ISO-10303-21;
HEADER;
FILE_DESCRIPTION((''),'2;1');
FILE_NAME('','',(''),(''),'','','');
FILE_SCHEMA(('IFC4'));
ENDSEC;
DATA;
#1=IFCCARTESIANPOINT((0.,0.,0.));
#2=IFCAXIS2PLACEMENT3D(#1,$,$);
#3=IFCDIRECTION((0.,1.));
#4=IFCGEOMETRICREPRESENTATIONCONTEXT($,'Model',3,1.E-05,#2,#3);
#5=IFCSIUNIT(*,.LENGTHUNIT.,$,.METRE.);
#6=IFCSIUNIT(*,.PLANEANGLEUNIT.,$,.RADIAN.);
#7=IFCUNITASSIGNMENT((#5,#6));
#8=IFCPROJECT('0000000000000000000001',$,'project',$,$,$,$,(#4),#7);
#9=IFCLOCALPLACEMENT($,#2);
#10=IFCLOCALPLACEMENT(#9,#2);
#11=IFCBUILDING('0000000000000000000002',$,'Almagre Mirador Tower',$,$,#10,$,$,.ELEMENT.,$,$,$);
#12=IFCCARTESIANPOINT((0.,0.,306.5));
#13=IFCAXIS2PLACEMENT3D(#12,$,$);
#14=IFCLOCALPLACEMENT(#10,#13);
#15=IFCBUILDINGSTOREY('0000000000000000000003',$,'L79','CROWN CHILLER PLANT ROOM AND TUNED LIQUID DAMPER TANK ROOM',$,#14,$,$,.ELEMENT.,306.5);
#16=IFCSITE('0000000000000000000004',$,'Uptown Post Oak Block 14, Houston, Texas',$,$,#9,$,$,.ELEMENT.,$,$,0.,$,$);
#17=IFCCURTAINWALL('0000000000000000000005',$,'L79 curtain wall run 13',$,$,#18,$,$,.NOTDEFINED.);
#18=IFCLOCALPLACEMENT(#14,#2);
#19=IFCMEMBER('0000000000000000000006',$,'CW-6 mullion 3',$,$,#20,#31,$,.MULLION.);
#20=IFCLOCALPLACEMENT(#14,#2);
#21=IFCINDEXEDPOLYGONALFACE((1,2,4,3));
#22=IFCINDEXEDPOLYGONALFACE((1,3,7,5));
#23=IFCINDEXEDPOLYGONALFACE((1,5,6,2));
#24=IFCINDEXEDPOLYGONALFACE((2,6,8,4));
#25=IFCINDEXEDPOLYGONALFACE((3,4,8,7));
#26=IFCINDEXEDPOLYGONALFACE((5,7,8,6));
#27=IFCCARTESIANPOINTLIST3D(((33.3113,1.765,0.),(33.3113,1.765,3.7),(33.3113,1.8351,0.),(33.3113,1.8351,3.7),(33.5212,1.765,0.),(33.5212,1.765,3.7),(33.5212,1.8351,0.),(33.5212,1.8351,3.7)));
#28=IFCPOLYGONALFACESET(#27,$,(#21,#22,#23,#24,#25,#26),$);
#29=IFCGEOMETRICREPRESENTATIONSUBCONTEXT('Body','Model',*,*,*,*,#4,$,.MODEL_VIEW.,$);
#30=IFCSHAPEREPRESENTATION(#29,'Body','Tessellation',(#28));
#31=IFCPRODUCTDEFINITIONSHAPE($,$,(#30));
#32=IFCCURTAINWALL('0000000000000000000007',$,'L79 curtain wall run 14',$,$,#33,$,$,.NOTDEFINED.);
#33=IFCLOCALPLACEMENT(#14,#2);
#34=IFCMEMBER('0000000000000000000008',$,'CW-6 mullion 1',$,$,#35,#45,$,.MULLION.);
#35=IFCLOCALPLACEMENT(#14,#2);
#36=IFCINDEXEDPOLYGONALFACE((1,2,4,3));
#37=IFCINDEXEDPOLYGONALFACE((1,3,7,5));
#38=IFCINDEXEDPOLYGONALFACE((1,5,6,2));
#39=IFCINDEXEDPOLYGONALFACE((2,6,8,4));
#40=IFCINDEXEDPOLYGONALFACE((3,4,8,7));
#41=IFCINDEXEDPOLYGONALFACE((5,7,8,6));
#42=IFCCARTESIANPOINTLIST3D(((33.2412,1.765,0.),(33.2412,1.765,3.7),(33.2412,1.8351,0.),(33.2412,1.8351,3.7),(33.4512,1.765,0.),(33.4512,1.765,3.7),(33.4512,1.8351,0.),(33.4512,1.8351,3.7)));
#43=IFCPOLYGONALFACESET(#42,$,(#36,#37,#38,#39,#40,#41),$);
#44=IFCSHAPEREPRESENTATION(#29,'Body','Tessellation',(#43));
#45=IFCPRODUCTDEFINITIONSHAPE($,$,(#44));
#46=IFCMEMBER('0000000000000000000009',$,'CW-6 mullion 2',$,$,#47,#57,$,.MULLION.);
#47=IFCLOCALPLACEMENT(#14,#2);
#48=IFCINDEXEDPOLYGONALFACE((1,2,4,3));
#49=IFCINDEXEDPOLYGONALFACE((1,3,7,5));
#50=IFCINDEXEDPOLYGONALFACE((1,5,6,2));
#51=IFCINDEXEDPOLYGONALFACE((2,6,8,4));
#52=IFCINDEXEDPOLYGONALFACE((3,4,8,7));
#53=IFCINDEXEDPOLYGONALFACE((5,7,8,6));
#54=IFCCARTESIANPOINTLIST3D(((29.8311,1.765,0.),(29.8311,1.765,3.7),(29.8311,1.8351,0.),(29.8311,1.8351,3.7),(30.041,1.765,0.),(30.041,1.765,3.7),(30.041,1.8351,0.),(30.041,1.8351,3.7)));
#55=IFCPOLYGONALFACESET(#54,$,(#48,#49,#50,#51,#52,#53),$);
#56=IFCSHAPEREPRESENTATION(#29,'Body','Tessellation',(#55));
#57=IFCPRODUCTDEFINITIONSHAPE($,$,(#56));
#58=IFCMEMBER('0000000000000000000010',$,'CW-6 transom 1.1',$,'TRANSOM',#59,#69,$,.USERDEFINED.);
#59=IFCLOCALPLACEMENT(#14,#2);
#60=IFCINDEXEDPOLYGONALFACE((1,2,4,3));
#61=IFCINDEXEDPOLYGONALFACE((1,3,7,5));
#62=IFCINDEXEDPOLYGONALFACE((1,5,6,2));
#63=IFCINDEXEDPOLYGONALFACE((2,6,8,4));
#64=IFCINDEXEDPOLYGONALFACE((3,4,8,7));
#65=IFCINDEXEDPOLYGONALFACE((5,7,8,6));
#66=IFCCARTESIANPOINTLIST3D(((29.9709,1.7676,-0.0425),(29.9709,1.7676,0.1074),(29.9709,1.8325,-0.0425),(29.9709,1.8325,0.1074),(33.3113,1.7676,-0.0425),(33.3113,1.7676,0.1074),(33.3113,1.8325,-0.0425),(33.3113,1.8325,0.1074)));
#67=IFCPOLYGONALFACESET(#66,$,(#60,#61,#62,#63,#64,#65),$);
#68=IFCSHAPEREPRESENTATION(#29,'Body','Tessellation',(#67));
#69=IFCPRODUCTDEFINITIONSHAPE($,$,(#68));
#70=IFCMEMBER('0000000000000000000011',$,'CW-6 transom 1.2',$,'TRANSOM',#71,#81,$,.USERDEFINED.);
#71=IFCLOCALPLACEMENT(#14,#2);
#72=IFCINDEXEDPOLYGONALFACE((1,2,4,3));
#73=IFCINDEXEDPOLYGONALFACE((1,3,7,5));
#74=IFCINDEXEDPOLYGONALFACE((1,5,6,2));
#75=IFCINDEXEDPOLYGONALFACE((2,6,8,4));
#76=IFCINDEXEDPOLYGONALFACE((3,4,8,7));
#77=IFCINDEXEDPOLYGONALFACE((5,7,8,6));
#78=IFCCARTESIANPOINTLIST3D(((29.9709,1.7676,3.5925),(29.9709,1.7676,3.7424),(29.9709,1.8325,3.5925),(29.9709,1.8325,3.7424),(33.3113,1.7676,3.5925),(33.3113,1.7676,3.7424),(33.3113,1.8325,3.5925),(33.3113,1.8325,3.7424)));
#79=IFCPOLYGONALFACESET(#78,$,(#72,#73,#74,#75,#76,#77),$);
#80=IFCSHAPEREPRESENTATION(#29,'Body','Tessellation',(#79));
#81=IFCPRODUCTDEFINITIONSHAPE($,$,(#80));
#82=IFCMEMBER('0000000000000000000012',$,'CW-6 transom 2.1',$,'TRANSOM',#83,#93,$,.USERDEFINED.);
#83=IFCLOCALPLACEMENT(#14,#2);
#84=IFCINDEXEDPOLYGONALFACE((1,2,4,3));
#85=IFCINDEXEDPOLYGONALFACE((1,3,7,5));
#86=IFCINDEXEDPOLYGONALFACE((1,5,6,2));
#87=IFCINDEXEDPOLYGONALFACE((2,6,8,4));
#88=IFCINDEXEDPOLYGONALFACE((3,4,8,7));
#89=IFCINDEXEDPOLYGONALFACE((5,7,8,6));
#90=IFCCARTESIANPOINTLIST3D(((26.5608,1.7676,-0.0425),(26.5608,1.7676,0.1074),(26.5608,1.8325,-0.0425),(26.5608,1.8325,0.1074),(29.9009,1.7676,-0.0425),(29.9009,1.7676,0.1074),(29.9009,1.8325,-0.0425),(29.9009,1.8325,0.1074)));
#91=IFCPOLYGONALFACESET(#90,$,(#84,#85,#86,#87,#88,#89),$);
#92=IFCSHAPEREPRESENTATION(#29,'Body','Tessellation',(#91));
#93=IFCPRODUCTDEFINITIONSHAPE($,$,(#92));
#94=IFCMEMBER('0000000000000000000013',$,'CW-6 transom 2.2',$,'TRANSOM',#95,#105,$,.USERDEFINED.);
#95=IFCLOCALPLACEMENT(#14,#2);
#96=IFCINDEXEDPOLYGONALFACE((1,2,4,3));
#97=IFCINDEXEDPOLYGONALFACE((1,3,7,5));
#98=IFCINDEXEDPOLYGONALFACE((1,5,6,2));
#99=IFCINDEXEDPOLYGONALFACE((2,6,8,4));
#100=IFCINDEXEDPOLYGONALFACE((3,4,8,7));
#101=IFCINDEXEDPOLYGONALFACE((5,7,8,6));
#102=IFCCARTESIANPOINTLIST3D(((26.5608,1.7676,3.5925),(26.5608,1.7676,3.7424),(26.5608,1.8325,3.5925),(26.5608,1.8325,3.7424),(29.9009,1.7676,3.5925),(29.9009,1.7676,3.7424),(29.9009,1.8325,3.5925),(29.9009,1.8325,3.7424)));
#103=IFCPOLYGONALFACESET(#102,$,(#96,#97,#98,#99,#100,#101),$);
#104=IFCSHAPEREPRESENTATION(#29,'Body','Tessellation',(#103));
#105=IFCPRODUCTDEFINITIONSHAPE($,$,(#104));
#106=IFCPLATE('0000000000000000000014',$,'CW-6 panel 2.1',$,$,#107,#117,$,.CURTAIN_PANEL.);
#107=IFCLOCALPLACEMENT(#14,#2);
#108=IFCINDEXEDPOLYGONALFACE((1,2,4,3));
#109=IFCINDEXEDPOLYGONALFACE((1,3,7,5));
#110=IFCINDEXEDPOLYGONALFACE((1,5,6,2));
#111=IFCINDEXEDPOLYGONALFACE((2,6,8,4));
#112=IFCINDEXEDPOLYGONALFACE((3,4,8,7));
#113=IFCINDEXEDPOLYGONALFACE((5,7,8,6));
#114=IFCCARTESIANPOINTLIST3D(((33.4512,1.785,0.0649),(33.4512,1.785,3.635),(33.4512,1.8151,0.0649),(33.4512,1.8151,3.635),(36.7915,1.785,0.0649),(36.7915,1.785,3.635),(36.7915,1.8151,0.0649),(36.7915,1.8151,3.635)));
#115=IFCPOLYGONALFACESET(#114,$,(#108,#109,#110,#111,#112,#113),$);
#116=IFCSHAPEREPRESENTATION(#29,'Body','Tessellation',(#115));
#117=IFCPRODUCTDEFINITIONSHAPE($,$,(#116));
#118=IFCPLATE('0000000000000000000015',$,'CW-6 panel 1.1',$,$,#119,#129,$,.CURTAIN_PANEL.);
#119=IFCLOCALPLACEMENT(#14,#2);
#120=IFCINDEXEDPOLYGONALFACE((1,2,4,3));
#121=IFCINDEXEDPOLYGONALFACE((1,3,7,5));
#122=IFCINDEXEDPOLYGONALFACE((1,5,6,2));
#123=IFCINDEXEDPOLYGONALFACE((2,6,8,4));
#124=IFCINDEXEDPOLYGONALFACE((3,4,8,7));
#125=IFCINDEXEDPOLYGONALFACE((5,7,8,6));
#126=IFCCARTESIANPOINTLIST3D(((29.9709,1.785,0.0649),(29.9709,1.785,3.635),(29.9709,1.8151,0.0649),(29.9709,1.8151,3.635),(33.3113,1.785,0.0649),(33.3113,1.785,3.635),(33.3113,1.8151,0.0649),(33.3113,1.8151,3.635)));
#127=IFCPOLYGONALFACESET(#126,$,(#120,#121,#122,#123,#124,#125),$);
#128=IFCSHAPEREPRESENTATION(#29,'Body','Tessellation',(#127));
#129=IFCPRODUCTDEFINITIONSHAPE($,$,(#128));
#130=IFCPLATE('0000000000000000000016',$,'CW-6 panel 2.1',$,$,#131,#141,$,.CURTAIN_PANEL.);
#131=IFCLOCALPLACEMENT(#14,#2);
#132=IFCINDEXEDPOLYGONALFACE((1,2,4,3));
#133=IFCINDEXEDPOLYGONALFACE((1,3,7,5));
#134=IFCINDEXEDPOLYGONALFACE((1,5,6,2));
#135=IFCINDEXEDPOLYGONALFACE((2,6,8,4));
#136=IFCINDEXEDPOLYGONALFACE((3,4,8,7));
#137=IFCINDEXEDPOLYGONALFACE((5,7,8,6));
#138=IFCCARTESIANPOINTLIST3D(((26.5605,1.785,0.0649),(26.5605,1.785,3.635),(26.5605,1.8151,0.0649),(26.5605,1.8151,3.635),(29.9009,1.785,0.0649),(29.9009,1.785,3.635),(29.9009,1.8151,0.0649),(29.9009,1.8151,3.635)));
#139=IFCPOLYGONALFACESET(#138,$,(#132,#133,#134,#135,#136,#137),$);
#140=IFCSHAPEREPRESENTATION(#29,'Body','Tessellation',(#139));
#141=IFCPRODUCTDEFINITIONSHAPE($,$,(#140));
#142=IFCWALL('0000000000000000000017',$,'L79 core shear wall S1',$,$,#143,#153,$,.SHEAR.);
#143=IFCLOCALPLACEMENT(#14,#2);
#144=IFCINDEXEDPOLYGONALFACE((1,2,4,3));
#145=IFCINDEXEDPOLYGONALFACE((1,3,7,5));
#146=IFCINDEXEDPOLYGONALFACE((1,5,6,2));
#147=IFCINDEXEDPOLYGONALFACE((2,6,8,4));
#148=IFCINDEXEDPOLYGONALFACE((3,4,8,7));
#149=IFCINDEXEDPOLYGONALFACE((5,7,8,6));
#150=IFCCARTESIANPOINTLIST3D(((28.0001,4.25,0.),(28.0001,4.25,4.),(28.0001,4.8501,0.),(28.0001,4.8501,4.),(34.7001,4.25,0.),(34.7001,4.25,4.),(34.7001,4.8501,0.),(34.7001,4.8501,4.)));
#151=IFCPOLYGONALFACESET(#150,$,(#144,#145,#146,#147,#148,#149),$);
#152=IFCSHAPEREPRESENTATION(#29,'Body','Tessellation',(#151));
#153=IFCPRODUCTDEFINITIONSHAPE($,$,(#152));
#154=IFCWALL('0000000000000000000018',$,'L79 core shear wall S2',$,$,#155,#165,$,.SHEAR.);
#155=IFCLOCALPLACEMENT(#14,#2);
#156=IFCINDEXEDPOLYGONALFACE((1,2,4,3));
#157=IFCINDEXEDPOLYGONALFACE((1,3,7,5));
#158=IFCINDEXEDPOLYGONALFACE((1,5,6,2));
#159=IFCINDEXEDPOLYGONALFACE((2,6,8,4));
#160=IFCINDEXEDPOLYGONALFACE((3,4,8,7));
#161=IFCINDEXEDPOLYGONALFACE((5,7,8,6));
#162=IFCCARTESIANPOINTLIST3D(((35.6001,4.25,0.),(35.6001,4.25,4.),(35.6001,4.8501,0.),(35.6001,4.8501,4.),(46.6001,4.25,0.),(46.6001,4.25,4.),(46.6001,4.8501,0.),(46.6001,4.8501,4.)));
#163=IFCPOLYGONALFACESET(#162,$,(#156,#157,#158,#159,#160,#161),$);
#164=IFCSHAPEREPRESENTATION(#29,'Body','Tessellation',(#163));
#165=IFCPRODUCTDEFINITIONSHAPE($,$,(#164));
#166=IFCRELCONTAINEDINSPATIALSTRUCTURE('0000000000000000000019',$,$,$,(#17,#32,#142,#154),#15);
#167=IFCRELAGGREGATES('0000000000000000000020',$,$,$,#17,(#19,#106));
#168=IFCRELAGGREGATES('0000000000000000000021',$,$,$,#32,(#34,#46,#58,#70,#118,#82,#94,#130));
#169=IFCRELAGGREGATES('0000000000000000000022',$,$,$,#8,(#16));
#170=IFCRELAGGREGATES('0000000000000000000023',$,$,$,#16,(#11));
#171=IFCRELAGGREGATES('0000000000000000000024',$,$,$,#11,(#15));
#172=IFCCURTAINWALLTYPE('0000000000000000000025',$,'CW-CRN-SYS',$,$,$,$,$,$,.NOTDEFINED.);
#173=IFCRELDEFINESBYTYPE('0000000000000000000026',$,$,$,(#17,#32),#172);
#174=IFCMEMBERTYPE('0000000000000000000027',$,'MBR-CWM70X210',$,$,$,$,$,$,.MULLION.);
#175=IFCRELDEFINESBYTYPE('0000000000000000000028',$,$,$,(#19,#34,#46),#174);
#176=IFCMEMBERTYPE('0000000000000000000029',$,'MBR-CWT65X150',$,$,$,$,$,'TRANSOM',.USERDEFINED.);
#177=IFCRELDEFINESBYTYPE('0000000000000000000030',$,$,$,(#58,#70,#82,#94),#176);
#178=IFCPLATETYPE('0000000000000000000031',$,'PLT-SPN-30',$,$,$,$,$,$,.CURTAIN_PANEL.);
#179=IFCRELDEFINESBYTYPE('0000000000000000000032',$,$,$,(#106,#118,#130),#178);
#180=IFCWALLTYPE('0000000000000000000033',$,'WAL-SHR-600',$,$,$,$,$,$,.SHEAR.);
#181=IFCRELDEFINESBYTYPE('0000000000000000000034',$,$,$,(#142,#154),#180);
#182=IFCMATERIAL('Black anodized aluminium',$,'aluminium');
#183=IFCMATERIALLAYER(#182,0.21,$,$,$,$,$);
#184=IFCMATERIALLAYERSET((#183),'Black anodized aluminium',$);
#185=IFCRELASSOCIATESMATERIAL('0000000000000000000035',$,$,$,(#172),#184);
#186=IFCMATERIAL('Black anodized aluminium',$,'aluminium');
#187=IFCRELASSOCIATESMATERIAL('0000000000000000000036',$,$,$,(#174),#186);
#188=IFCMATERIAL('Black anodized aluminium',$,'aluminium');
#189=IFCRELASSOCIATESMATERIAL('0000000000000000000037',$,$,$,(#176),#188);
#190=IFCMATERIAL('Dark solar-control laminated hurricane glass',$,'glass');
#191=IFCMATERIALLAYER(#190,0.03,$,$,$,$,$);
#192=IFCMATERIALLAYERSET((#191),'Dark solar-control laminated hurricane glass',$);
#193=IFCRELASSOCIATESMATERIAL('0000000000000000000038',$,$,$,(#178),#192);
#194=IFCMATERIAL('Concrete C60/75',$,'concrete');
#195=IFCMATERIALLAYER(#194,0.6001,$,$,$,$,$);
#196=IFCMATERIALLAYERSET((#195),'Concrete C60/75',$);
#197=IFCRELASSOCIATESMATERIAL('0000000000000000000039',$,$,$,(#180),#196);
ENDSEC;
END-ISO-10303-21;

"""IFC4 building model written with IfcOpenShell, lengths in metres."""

from ifc_helpers import new_model, si_unit, direction, frame, frame_2d, origin, origin_2d, place, context, subcontext, project, spatial, rectangle, extrude, material, layer, layer_set, material_profile, profile_set, type_object, element, aggregate, save


model = new_model("IFC4")

# Units and contexts
model_context = context("Model", 3, precision=1e-05, world=origin(), true_north=direction((0.0, 1.0)))
body_context = subcontext(model_context, "Body", "Model", "MODEL_VIEW")
ifc_project = project(units=[si_unit("LENGTHUNIT", "METRE"), si_unit("PLANEANGLEUNIT", "RADIAN")], contexts=[model_context])

# Site, building, storey
site_placement = place(None, origin())
site = spatial("IfcSite", under=ifc_project, at=site_placement, Name="Uptown Post Oak Block 14, Houston, Texas", CompositionType="ELEMENT", RefElevation=0.0)
building_placement = place(site_placement, origin())
building = spatial("IfcBuilding", under=site, at=building_placement, Name="Almagre Mirador Tower", CompositionType="ELEMENT")
storey_placement = place(building_placement, frame((0.0, 0.0, 306.5)))
storey = spatial("IfcBuildingStorey", under=building, at=storey_placement, Name="L79", Description="CROWN CHILLER PLANT ROOM AND TUNED LIQUID DAMPER TANK ROOM", CompositionType="ELEMENT", Elevation=306.5)

# Curtain wall, member
ifc_material_1 = material(Name="Black anodized aluminium", Category="aluminium")
ifc_layer_1 = layer(ifc_material_1, 0.21)
ifc_layer_set_1 = layer_set([ifc_layer_1], Name="Black anodized aluminium")
curtain_wall_type = type_object("IfcCurtainWallType", Name="CW-CRN-SYS", PredefinedType="NOTDEFINED", material=ifc_layer_set_1)
curtain_wall_1_placement = place(storey_placement, origin())
curtain_wall_1 = element("IfcCurtainWall", 1, at=curtain_wall_1_placement, inside=storey, type_object=curtain_wall_type, Name="L79 curtain wall run 13", PredefinedType="NOTDEFINED")
ifc_material_2 = material(Name="Black anodized aluminium", Category="aluminium")
ifc_material_profile_1 = material_profile(ifc_material_2, rectangle(XDim=0.0701, YDim=0.21, at=origin_2d()), Name="CWM70X210")
ifc_profile_set_1 = profile_set([ifc_material_profile_1], Name="Black anodized aluminium")
member_type_1 = type_object("IfcMemberType", Name="MBR-CWM70X210", PredefinedType="MULLION", material=ifc_profile_set_1)
member_1_placement = place(storey_placement, frame((33.4163, 1.8, 0.0), z_axis=(0.0, 0.0, 1.0), x_axis=(0.0, -1.0, 0.0)))
member_1 = element("IfcMember", 2, at=member_1_placement, type_object=member_type_1, Name="CW-6 mullion 3", PredefinedType="MULLION", context=body_context, shape_type="SweptSolid", body=[
    extrude(rectangle(XDim=0.0701, YDim=0.21, at=origin_2d()), origin(), (0.0, 0.0, 1.0), 3.7),
])

# Curtain wall, members
curtain_wall_2_placement = place(storey_placement, origin())
curtain_wall_2 = element("IfcCurtainWall", 3, at=curtain_wall_2_placement, inside=storey, type_object=curtain_wall_type, Name="L79 curtain wall run 14", PredefinedType="NOTDEFINED")
member_2_placement = place(storey_placement, frame((33.3462, 1.8, 0.0), z_axis=(0.0, 0.0, 1.0), x_axis=(0.0, -1.0, 0.0)))
member_2 = element("IfcMember", 4, at=member_2_placement, type_object=member_type_1, Name="CW-6 mullion 1", PredefinedType="MULLION", context=body_context, shape_type="SweptSolid", body=[
    extrude(rectangle(XDim=0.0701, YDim=0.21, at=origin_2d()), origin(), (0.0, 0.0, 1.0), 3.7),
])
member_3_placement = place(storey_placement, frame((29.936, 1.8, 0.0), z_axis=(0.0, 0.0, 1.0), x_axis=(0.0, -1.0, 0.0)))
member_3 = element("IfcMember", 5, at=member_3_placement, type_object=member_type_1, Name="CW-6 mullion 2", PredefinedType="MULLION", context=body_context, shape_type="SweptSolid", body=[
    extrude(rectangle(XDim=0.0701, YDim=0.21, at=origin_2d()), origin(), (0.0, 0.0, 1.0), 3.7),
])
ifc_material_3 = material(Name="Black anodized aluminium", Category="aluminium")
ifc_material_profile_2 = material_profile(ifc_material_3, rectangle(XDim=0.0649, YDim=0.1499, at=origin_2d()), Name="CWT65X150")
ifc_profile_set_2 = profile_set([ifc_material_profile_2], Name="Black anodized aluminium")
member_type_2 = type_object("IfcMemberType", Name="MBR-CWT65X150", ElementType="TRANSOM", PredefinedType="USERDEFINED", material=ifc_profile_set_2)
member_4_placement = place(storey_placement, frame((33.3113, 1.8, 0.0325), z_axis=(-1.0, 0.0, 0.0), x_axis=(0.0, -1.0, 0.0)))
member_4 = element("IfcMember", 6, at=member_4_placement, type_object=member_type_2, Name="CW-6 transom 1.1", ObjectType="TRANSOM", PredefinedType="USERDEFINED", context=body_context, shape_type="SweptSolid", body=[
    extrude(rectangle(XDim=0.0649, YDim=0.1499, at=origin_2d()), origin(), (0.0, 0.0, 1.0), 3.3403),
])
member_5_placement = place(storey_placement, frame((33.3113, 1.8, 3.6675), z_axis=(-1.0, 0.0, 0.0), x_axis=(0.0, -1.0, 0.0)))
member_5 = element("IfcMember", 7, at=member_5_placement, type_object=member_type_2, Name="CW-6 transom 1.2", ObjectType="TRANSOM", PredefinedType="USERDEFINED", context=body_context, shape_type="SweptSolid", body=[
    extrude(rectangle(XDim=0.0649, YDim=0.1499, at=origin_2d()), origin(), (0.0, 0.0, 1.0), 3.3403),
])
member_6_placement = place(storey_placement, frame((29.9009, 1.8, 0.0325), z_axis=(-1.0, 0.0, 0.0), x_axis=(0.0, -1.0, 0.0)))
member_6 = element("IfcMember", 8, at=member_6_placement, type_object=member_type_2, Name="CW-6 transom 2.1", ObjectType="TRANSOM", PredefinedType="USERDEFINED", context=body_context, shape_type="SweptSolid", body=[
    extrude(rectangle(XDim=0.0649, YDim=0.1499, at=origin_2d()), origin(), (0.0, 0.0, 1.0), 3.3401),
])
member_7_placement = place(storey_placement, frame((29.9009, 1.8, 3.6675), z_axis=(-1.0, 0.0, 0.0), x_axis=(0.0, -1.0, 0.0)))
member_7 = element("IfcMember", 9, at=member_7_placement, type_object=member_type_2, Name="CW-6 transom 2.2", ObjectType="TRANSOM", PredefinedType="USERDEFINED", context=body_context, shape_type="SweptSolid", body=[
    extrude(rectangle(XDim=0.0649, YDim=0.1499, at=origin_2d()), origin(), (0.0, 0.0, 1.0), 3.3401),
])

# Plates
ifc_material_4 = material(Name="Dark solar-control laminated hurricane glass", Category="glass")
ifc_layer_2 = layer(ifc_material_4, 0.03)
ifc_layer_set_2 = layer_set([ifc_layer_2], Name="Dark solar-control laminated hurricane glass")
plate_type = type_object("IfcPlateType", Name="PLT-SPN-30", PredefinedType="CURTAIN_PANEL", material=ifc_layer_set_2)
plate_1_placement = place(storey_placement, frame((35.1213, 1.8, 0.0649), z_axis=(0.0, 0.0, 1.0), x_axis=(-1.0, 0.0, 0.0)))
plate_1 = element("IfcPlate", 10, at=plate_1_placement, type_object=plate_type, Name="CW-6 panel 2.1", PredefinedType="CURTAIN_PANEL", context=body_context, shape_type="SweptSolid", body=[
    extrude(rectangle(XDim=3.3403, YDim=0.03, at=origin_2d()), origin(), (0.0, 0.0, 1.0), 3.5701),
])
aggregate(curtain_wall_1, [member_1, plate_1])
plate_2_placement = place(storey_placement, frame((31.6411, 1.8, 0.0649), z_axis=(0.0, 0.0, 1.0), x_axis=(-1.0, 0.0, 0.0)))
plate_2 = element("IfcPlate", 11, at=plate_2_placement, type_object=plate_type, Name="CW-6 panel 1.1", PredefinedType="CURTAIN_PANEL", context=body_context, shape_type="SweptSolid", body=[
    extrude(rectangle(XDim=3.3403, YDim=0.03, at=origin_2d()), origin(), (0.0, 0.0, 1.0), 3.5701),
])
plate_3_placement = place(storey_placement, frame((28.2307, 1.8, 0.0649), z_axis=(0.0, 0.0, 1.0), x_axis=(-1.0, 0.0, 0.0)))
plate_3 = element("IfcPlate", 12, at=plate_3_placement, type_object=plate_type, Name="CW-6 panel 2.1", PredefinedType="CURTAIN_PANEL", context=body_context, shape_type="SweptSolid", body=[
    extrude(rectangle(XDim=3.3403, YDim=0.03, at=origin_2d()), origin(), (0.0, 0.0, 1.0), 3.5701),
])
aggregate(curtain_wall_2, [member_2, member_3, member_4, member_5, plate_2, member_6, member_7, plate_3])

# Walls
ifc_material_5 = material(Name="Concrete C60/75", Category="concrete")
ifc_layer_3 = layer(ifc_material_5, 0.6001)
ifc_layer_set_3 = layer_set([ifc_layer_3], Name="Concrete C60/75")
wall_type = type_object("IfcWallType", Name="WAL-SHR-600", PredefinedType="SHEAR", material=ifc_layer_set_3)
wall_1_placement = place(storey_placement, frame((28.0, 4.55, 0.0), z_axis=(0.0, 0.0, 1.0), x_axis=(1.0, 0.0, 0.0)))
element("IfcWall", 13, at=wall_1_placement, inside=storey, type_object=wall_type, Name="L79 core shear wall S1", PredefinedType="SHEAR", context=body_context, shape_type="SweptSolid", body=[
    extrude(rectangle(XDim=6.7, YDim=0.6001, at=frame_2d((3.3501, 0.0))), origin(), (0.0, 0.0, 1.0), 4.0),
])
wall_2_placement = place(storey_placement, frame((35.6001, 4.55, 0.0), z_axis=(0.0, 0.0, 1.0), x_axis=(1.0, 0.0, 0.0)))
element("IfcWall", 14, at=wall_2_placement, inside=storey, type_object=wall_type, Name="L79 core shear wall S2", PredefinedType="SHEAR", context=body_context, shape_type="SweptSolid", body=[
    extrude(rectangle(XDim=11.0, YDim=0.6001, at=frame_2d((5.5, 0.0))), origin(), (0.0, 0.0, 1.0), 4.0),
])

save(model, "model.ifc")
